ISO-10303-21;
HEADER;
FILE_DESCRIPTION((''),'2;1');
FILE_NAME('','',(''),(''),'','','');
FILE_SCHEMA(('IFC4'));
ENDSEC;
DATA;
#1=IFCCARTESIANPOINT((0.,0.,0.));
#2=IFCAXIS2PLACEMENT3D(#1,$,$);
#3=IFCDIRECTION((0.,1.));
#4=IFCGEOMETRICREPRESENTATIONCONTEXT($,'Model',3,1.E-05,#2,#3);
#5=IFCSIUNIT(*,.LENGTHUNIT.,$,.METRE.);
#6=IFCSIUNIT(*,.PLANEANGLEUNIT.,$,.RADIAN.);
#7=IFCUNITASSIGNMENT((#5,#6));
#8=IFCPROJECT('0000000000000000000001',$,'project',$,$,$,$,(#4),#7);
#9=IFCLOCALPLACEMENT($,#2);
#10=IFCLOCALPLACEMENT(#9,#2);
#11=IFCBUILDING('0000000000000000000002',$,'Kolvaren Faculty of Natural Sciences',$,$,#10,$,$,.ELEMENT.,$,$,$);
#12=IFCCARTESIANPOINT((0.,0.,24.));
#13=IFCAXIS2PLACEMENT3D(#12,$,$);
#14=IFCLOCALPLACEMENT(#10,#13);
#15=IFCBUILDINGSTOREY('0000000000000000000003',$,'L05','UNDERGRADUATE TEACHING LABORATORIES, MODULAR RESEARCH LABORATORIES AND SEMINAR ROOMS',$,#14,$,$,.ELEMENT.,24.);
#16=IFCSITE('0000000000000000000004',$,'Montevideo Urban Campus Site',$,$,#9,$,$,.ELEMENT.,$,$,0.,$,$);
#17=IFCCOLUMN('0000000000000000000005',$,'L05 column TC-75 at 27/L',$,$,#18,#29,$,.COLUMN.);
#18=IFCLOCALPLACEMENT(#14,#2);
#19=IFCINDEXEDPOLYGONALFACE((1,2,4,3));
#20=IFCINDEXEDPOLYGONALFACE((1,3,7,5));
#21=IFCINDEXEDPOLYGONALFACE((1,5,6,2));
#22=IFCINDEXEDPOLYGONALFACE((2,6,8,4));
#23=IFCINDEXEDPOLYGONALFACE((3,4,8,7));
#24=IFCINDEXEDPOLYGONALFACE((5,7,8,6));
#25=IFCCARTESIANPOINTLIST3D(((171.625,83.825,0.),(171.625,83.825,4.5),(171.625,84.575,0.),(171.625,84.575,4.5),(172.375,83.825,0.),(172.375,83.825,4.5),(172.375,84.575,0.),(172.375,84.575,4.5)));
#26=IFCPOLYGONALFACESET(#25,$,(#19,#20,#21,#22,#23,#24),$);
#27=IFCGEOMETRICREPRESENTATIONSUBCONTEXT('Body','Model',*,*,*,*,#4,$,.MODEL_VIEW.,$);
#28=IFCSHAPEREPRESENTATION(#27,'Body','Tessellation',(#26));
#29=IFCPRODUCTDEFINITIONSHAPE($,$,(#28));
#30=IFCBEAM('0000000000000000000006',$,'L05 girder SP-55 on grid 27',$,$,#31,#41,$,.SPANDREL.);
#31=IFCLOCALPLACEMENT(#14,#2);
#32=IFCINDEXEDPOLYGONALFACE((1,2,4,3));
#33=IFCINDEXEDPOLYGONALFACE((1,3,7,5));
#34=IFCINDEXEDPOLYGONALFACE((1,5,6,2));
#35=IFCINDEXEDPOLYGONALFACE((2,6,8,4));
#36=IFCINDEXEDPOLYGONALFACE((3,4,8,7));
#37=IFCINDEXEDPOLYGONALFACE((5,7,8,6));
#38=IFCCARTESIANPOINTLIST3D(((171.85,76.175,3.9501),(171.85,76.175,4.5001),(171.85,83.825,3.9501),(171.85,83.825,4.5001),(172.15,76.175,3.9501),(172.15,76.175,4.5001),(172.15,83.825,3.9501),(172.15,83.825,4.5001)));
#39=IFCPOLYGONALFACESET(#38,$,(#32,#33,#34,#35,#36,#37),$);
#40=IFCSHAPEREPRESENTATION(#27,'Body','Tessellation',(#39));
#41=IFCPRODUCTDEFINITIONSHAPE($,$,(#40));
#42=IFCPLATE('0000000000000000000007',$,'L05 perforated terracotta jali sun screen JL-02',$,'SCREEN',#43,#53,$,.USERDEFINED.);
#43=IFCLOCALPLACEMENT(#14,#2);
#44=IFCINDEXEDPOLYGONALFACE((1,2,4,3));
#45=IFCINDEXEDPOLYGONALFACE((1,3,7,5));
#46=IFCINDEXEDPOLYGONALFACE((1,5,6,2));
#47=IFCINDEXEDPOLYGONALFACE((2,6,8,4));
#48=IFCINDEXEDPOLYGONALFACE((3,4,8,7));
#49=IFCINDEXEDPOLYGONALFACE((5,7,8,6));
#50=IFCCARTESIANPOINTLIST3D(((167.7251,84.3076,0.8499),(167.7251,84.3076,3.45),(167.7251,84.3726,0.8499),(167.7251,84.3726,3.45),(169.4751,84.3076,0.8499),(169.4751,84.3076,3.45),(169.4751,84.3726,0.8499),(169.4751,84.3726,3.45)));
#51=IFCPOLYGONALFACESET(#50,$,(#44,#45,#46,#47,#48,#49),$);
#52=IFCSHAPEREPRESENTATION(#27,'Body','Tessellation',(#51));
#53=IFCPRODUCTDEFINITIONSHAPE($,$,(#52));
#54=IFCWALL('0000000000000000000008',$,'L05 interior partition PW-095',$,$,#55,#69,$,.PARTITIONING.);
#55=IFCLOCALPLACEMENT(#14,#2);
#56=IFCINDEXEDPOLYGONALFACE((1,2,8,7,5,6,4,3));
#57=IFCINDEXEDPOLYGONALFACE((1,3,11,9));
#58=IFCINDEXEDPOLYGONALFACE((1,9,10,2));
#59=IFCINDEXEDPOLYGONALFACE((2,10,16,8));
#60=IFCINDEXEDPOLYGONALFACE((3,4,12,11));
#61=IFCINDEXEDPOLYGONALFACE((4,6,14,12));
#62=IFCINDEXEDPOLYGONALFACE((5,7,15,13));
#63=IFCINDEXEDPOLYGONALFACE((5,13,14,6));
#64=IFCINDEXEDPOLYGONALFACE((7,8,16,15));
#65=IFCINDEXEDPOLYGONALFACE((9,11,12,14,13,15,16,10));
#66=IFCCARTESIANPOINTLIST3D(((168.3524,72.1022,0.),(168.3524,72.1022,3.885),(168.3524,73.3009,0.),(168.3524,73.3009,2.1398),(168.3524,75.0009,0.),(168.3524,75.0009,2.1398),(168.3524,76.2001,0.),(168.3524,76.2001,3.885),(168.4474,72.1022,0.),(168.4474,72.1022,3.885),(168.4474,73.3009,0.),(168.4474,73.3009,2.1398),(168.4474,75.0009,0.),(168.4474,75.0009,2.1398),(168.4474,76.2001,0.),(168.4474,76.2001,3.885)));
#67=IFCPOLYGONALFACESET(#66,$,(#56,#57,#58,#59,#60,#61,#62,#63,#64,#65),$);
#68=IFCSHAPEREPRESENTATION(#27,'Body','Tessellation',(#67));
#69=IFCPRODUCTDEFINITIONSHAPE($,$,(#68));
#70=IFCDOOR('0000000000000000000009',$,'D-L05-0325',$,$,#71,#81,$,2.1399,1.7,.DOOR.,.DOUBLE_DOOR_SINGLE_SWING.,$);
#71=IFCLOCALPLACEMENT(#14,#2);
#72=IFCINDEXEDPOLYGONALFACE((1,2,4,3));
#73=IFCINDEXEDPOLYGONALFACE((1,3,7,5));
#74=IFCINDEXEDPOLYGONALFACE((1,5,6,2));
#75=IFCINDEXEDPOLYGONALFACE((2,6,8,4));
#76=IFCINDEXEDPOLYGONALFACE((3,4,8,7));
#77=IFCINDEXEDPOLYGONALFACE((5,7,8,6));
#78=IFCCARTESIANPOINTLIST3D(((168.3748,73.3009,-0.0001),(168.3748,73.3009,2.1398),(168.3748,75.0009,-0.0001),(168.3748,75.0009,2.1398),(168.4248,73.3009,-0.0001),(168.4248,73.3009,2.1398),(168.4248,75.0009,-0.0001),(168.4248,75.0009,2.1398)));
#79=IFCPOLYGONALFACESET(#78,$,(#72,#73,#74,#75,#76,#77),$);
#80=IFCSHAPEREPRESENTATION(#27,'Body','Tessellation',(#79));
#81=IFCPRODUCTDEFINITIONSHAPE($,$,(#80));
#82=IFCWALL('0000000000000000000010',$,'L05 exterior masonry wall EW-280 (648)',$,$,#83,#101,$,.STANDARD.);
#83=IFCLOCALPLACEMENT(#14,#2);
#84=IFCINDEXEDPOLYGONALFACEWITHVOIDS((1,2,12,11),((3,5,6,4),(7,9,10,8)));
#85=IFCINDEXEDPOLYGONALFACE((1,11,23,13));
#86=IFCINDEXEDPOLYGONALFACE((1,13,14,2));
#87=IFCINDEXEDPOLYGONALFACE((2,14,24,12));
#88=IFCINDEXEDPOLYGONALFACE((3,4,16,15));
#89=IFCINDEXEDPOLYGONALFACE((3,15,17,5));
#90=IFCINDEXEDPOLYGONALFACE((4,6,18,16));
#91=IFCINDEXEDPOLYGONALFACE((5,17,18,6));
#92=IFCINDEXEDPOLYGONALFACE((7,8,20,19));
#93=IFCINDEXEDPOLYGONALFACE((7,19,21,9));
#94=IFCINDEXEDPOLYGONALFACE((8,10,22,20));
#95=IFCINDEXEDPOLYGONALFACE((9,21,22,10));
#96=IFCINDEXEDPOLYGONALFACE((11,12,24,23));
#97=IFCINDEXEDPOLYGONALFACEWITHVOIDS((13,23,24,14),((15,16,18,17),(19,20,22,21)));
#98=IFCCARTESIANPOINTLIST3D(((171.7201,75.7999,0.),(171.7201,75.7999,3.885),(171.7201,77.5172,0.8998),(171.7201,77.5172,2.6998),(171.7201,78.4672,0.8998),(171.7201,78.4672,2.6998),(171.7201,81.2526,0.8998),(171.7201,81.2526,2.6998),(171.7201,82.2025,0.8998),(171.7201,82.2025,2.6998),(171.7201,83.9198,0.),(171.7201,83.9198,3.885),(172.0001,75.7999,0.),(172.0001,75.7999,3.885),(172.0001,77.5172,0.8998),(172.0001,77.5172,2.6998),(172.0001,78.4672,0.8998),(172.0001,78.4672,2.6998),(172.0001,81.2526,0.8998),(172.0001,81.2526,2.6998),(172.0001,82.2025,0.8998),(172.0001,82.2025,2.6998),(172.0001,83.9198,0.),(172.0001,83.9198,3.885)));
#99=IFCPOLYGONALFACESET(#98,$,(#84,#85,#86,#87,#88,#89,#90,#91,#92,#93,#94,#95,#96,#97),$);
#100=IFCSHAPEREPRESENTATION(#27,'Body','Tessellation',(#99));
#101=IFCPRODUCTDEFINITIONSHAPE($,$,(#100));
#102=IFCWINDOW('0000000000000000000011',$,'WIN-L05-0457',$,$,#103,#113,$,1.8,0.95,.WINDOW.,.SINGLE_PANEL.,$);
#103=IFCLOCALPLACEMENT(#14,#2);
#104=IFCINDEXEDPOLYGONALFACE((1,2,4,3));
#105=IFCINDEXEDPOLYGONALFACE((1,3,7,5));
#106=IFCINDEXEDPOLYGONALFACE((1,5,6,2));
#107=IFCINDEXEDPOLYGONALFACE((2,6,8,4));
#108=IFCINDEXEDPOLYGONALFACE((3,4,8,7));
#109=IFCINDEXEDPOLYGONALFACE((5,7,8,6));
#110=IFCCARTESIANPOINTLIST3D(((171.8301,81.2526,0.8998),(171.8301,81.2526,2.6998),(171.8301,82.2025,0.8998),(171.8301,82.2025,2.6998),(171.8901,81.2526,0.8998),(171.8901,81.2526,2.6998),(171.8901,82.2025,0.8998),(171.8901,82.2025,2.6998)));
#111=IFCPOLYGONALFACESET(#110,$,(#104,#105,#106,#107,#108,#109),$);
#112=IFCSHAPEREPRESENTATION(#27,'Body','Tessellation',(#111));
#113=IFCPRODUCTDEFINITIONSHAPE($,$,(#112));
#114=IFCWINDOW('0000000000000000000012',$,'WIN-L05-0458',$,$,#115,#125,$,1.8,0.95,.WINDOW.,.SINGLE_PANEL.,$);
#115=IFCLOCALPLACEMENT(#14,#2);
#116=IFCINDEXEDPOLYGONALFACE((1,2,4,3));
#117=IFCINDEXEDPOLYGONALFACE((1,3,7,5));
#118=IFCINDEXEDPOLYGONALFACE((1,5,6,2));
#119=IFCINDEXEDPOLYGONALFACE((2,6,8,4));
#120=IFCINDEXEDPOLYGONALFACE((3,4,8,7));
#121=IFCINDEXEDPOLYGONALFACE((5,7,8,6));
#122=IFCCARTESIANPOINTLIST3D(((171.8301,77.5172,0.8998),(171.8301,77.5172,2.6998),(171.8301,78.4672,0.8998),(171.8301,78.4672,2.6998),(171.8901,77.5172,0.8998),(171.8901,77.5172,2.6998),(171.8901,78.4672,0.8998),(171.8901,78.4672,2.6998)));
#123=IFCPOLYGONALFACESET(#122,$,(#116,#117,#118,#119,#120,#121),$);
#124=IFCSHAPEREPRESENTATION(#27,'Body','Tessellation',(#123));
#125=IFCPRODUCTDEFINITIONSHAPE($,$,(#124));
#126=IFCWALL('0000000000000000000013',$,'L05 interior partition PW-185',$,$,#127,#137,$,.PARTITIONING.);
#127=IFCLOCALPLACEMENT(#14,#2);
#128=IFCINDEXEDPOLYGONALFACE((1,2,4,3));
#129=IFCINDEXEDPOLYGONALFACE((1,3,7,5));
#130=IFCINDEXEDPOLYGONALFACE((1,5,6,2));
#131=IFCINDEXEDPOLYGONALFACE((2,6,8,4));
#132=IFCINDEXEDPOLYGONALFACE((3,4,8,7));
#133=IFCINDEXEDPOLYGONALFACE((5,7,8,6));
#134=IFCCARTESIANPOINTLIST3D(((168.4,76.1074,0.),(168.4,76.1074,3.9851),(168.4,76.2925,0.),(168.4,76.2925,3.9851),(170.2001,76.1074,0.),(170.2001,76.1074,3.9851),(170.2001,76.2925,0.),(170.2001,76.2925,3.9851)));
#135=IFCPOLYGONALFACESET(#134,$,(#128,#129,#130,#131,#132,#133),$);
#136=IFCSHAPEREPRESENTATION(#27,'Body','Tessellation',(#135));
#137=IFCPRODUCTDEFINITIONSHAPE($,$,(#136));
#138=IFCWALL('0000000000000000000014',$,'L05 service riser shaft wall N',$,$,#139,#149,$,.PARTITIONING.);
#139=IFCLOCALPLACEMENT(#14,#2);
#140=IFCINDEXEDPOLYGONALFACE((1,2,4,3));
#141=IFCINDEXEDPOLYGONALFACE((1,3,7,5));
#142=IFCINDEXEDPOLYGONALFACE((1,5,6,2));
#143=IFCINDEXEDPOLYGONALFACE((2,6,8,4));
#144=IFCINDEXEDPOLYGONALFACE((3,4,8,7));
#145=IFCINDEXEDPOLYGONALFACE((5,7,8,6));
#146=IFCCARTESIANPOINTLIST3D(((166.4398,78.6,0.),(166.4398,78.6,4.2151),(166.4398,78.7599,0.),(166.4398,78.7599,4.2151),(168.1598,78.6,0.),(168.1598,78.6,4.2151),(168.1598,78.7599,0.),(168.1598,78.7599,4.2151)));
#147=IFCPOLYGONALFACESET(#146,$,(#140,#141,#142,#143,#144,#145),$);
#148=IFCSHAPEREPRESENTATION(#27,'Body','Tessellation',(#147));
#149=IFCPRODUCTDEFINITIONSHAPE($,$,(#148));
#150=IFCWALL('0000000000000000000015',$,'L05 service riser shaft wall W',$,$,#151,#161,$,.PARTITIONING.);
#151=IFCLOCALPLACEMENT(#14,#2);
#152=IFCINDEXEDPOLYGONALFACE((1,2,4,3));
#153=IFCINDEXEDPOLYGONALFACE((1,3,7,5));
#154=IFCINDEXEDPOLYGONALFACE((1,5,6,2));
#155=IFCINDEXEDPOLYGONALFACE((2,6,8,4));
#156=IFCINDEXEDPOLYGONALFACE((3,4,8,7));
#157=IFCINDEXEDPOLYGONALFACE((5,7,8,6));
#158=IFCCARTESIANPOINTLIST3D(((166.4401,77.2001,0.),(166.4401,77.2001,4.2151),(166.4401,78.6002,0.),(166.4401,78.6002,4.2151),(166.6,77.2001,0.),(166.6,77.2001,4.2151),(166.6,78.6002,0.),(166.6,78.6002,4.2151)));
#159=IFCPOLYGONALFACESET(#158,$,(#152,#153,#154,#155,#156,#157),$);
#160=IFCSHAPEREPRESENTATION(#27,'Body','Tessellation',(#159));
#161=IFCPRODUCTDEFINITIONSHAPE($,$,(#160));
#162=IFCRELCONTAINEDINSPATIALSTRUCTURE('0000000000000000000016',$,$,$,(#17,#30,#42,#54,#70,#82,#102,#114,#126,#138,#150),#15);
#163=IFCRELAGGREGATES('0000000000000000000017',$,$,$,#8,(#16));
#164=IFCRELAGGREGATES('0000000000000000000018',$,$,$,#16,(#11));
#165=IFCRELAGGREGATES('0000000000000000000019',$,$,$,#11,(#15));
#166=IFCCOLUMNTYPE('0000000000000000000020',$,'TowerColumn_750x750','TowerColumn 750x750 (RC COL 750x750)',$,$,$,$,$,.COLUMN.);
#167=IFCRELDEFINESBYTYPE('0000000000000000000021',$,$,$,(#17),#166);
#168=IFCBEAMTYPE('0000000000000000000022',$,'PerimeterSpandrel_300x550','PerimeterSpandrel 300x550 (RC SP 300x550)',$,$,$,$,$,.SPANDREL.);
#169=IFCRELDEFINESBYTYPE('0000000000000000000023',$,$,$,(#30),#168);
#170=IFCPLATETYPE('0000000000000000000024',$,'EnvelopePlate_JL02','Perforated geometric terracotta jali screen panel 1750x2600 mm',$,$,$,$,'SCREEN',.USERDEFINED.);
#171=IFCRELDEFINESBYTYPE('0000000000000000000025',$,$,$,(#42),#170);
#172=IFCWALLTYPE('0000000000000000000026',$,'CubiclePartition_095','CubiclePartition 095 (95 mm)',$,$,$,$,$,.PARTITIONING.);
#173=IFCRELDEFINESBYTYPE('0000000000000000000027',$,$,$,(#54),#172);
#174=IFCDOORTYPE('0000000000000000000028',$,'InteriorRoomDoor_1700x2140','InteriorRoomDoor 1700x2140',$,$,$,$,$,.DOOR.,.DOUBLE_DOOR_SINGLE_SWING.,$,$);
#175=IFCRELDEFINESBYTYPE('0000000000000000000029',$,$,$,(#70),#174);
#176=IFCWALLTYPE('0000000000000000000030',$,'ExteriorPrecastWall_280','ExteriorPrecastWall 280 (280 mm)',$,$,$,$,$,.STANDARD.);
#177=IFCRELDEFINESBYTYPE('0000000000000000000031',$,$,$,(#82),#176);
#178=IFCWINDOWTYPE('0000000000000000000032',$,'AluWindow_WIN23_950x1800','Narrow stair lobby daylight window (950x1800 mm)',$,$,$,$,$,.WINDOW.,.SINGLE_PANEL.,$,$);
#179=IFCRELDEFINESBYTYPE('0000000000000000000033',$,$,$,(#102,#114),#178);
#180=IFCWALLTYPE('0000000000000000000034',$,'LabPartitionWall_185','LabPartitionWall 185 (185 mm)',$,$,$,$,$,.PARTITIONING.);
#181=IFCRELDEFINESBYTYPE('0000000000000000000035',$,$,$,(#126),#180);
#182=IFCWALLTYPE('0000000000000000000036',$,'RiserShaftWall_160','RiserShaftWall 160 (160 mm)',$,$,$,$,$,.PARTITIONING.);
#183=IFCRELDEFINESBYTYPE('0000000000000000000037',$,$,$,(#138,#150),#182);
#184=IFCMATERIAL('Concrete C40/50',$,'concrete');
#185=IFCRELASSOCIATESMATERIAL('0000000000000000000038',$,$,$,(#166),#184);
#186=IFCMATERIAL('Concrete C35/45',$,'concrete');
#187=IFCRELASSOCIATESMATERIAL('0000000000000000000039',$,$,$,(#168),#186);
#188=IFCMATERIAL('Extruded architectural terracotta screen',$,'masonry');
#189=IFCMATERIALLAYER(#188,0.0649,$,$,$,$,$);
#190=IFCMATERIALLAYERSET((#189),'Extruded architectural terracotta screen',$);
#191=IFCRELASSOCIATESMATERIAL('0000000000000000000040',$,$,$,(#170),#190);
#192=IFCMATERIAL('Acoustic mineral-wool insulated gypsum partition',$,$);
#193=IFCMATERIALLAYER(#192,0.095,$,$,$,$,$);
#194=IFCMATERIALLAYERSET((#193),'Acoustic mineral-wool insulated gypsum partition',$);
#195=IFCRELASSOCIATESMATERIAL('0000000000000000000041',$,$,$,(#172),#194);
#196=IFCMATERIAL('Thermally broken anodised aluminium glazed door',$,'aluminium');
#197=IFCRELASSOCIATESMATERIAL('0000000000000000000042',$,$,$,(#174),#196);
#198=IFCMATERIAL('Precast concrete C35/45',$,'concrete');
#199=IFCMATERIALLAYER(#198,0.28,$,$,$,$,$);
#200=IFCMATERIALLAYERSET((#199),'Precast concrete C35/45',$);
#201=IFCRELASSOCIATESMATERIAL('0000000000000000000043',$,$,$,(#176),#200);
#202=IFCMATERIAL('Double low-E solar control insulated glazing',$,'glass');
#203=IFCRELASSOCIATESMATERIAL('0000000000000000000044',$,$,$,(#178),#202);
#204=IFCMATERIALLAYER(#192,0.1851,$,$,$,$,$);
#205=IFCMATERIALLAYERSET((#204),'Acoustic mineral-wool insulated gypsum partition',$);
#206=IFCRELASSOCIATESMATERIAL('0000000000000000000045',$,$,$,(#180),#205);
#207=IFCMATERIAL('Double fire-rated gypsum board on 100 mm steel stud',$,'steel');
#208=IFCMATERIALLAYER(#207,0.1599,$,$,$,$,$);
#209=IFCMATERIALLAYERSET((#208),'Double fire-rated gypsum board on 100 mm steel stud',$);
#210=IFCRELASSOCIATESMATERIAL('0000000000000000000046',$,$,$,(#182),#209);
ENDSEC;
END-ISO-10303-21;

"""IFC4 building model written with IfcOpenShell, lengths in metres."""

from ifc_helpers import new_model, si_unit, direction, frame, frame_2d, origin, origin_2d, place, context, subcontext, project, spatial, rectangle, extrude, material, layer, layer_set, material_profile, profile_set, type_object, element, fill, save


model = new_model("IFC4")

# Units and contexts
model_context = context("Model", 3, precision=1e-05, world=origin(), true_north=direction((0.0, 1.0)))
body_context = subcontext(model_context, "Body", "Model", "MODEL_VIEW")
ifc_project = project(units=[si_unit("LENGTHUNIT", "METRE"), si_unit("PLANEANGLEUNIT", "RADIAN")], contexts=[model_context])

# Site, building, storey
site_placement = place(None, origin())
site = spatial("IfcSite", under=ifc_project, at=site_placement, Name="Montevideo Urban Campus Site", CompositionType="ELEMENT", RefElevation=0.0)
building_placement = place(site_placement, origin())
building = spatial("IfcBuilding", under=site, at=building_placement, Name="Kolvaren Faculty of Natural Sciences", CompositionType="ELEMENT")
storey_placement = place(building_placement, frame((0.0, 0.0, 24.0)))
storey = spatial("IfcBuildingStorey", under=building, at=storey_placement, Name="L05", Description="UNDERGRADUATE TEACHING LABORATORIES, MODULAR RESEARCH LABORATORIES AND SEMINAR ROOMS", CompositionType="ELEMENT", Elevation=24.0)

# Column
ifc_material_1 = material(Name="Concrete C40/50", Category="concrete")
ifc_material_profile_1 = material_profile(ifc_material_1, rectangle(XDim=0.75, YDim=0.75, at=origin_2d()), Name="RC COL 750x750")
ifc_profile_set_1 = profile_set([ifc_material_profile_1], Name="Concrete C40/50")
column_type = type_object("IfcColumnType", Name="TowerColumn_750x750", Description="TowerColumn 750x750 (RC COL 750x750)", PredefinedType="COLUMN", material=ifc_profile_set_1)
column_placement = place(storey_placement, frame((172.0, 84.2, 0.0), z_axis=(0.0, 0.0, 1.0), x_axis=(1.0, 0.0, 0.0)))
element("IfcColumn", 1, at=column_placement, inside=storey, type_object=column_type, Name="L05 column TC-75 at 27/L", PredefinedType="COLUMN", context=body_context, shape_type="SweptSolid", body=[
    extrude(rectangle(XDim=0.75, YDim=0.75, at=origin_2d()), origin(), (0.0, 0.0, 1.0), 4.5),
])

# Beam
ifc_material_2 = material(Name="Concrete C35/45", Category="concrete")
ifc_material_profile_2 = material_profile(ifc_material_2, rectangle(XDim=0.3, YDim=0.55, at=origin_2d()), Name="RC SP 300x550")
ifc_profile_set_2 = profile_set([ifc_material_profile_2], Name="Concrete C35/45")
beam_type = type_object("IfcBeamType", Name="PerimeterSpandrel_300x550", Description="PerimeterSpandrel 300x550 (RC SP 300x550)", PredefinedType="SPANDREL", material=ifc_profile_set_2)
beam_placement = place(storey_placement, frame((172.0, 76.175, 4.2251), z_axis=(0.0, 1.0, 0.0), x_axis=(-1.0, 0.0, 0.0)))
element("IfcBeam", 2, at=beam_placement, inside=storey, type_object=beam_type, Name="L05 girder SP-55 on grid 27", PredefinedType="SPANDREL", context=body_context, shape_type="SweptSolid", body=[
    extrude(rectangle(XDim=0.3, YDim=0.55, at=origin_2d()), origin(), (0.0, 0.0, 1.0), 7.6499),
])

# Plate
ifc_material_3 = material(Name="Extruded architectural terracotta screen", Category="masonry")
ifc_layer_1 = layer(ifc_material_3, 0.0649)
ifc_layer_set_1 = layer_set([ifc_layer_1], Name="Extruded architectural terracotta screen")
plate_type = type_object("IfcPlateType", Name="EnvelopePlate_JL02", Description="Perforated geometric terracotta jali screen panel 1750x2600 mm", ElementType="SCREEN", PredefinedType="USERDEFINED", material=ifc_layer_set_1)
plate_placement = place(storey_placement, frame((168.6001, 84.3401, 0.8499), z_axis=(0.0, 0.0, 1.0), x_axis=(1.0, 0.0, 0.0)))
element("IfcPlate", 3, at=plate_placement, inside=storey, type_object=plate_type, Name="L05 perforated terracotta jali sun screen JL-02", ObjectType="SCREEN", PredefinedType="USERDEFINED", context=body_context, shape_type="SweptSolid", body=[
    extrude(rectangle(XDim=1.75, YDim=0.0649, at=origin_2d()), origin(), (0.0, 0.0, 1.0), 2.6001),
])

# Wall, opening, door
ifc_material_4 = material(Name="Acoustic mineral-wool insulated gypsum partition")
ifc_layer_2 = layer(ifc_material_4, 0.095)
ifc_layer_set_2 = layer_set([ifc_layer_2], Name="Acoustic mineral-wool insulated gypsum partition")
wall_type_1 = type_object("IfcWallType", Name="CubiclePartition_095", Description="CubiclePartition 095 (95 mm)", PredefinedType="PARTITIONING", material=ifc_layer_set_2)
wall_1_placement = place(storey_placement, frame((168.3999, 76.2, 0.0), z_axis=(0.0, 0.0, 1.0), x_axis=(0.0, -1.0, 0.0)))
wall_1 = element("IfcWall", 4, at=wall_1_placement, inside=storey, type_object=wall_type_1, Name="L05 interior partition PW-095", PredefinedType="PARTITIONING", context=body_context, shape_type="SweptSolid", body=[
    extrude(rectangle(XDim=4.0979, YDim=0.095, at=frame_2d((2.0488, 0.0))), origin(), (0.0, 0.0, 1.0), 3.885),
])
opening_1_placement = place(wall_1_placement, frame((1.199, 0.0, 0.0)))
opening_1 = element("IfcOpeningElement", 5, at=opening_1_placement, cuts=wall_1, PredefinedType="OPENING", context=body_context, shape_type="SweptSolid", body=[
    extrude(rectangle(XDim=1.7, YDim=2.1399, at=frame_2d((0.8501, 1.0698))), frame((0.0, 0.0574, 0.0), z_axis=(0.0, -1.0, 0.0), x_axis=(1.0, 0.0, 0.0)), (0.0, 0.0, 1.0), 0.115),
])
ifc_material_5 = material(Name="Thermally broken anodised aluminium glazed door", Category="aluminium")
door_type = type_object("IfcDoorType", Name="InteriorRoomDoor_1700x2140", Description="InteriorRoomDoor 1700x2140", OperationType="DOUBLE_DOOR_SINGLE_SWING", PredefinedType="DOOR", material=ifc_material_5)
door_placement = place(opening_1_placement, origin())
door = element("IfcDoor", 6, at=door_placement, inside=storey, type_object=door_type, Name="D-L05-0325", OperationType="DOUBLE_DOOR_SINGLE_SWING", OverallHeight=2.1399, OverallWidth=1.7, PredefinedType="DOOR", context=body_context, shape_type="SweptSolid", body=[
    extrude(rectangle(XDim=1.7, YDim=2.1399, at=frame_2d((0.8501, 1.0698))), frame((0.0, 0.0249, 0.0), z_axis=(0.0, -1.0, 0.0), x_axis=(1.0, 0.0, 0.0)), (0.0, 0.0, 1.0), 0.05),
])
fill(opening_1, door)

# Wall, openings, windows
ifc_material_6 = material(Name="Precast concrete C35/45", Category="concrete")
ifc_layer_3 = layer(ifc_material_6, 0.28)
ifc_layer_set_3 = layer_set([ifc_layer_3], Name="Precast concrete C35/45")
wall_type_2 = type_object("IfcWallType", Name="ExteriorPrecastWall_280", Description="ExteriorPrecastWall 280 (280 mm)", PredefinedType="STANDARD", material=ifc_layer_set_3)
wall_2_placement = place(storey_placement, frame((171.8601, 83.9199, 0.0), z_axis=(0.0, 0.0, 1.0), x_axis=(0.0, -1.0, 0.0)))
wall_2 = element("IfcWall", 7, at=wall_2_placement, inside=storey, type_object=wall_type_2, Name="L05 exterior masonry wall EW-280 (648)", PredefinedType="STANDARD", context=body_context, shape_type="SweptSolid", body=[
    extrude(rectangle(XDim=8.1199, YDim=0.28, at=frame_2d((4.0601, 0.0))), origin(), (0.0, 0.0, 1.0), 3.885),
])
opening_2_placement = place(wall_2_placement, frame((1.7173, 0.0, 0.8999)))
opening_2 = element("IfcOpeningElement", 8, at=opening_2_placement, cuts=wall_2, PredefinedType="OPENING", context=body_context, shape_type="SweptSolid", body=[
    extrude(rectangle(XDim=0.95, YDim=1.8, at=frame_2d((0.4751, 0.8999))), frame((0.0, 0.1499, 0.0), z_axis=(0.0, -1.0, 0.0), x_axis=(1.0, 0.0, 0.0)), (0.0, 0.0, 1.0), 0.3),
])
opening_3_placement = place(wall_2_placement, frame((5.4526, 0.0, 0.8999)))
opening_3 = element("IfcOpeningElement", 9, at=opening_3_placement, cuts=wall_2, PredefinedType="OPENING", context=body_context, shape_type="SweptSolid", body=[
    extrude(rectangle(XDim=0.95, YDim=1.8, at=frame_2d((0.4751, 0.8999))), frame((0.0, 0.1499, 0.0), z_axis=(0.0, -1.0, 0.0), x_axis=(1.0, 0.0, 0.0)), (0.0, 0.0, 1.0), 0.3),
])
ifc_material_7 = material(Name="Double low-E solar control insulated glazing", Category="glass")
window_type = type_object("IfcWindowType", Name="AluWindow_WIN23_950x1800", Description="Narrow stair lobby daylight window (950x1800 mm)", PartitioningType="SINGLE_PANEL", PredefinedType="WINDOW", material=ifc_material_7)
window_1_placement = place(opening_2_placement, origin())
window_1 = element("IfcWindow", 10, at=window_1_placement, inside=storey, type_object=window_type, Name="WIN-L05-0457", OverallHeight=1.8, OverallWidth=0.95, PartitioningType="SINGLE_PANEL", PredefinedType="WINDOW", context=body_context, shape_type="SweptSolid", body=[
    extrude(rectangle(XDim=0.95, YDim=1.8, at=frame_2d((0.4751, 0.8999))), frame((0.0, 0.03, 0.0), z_axis=(0.0, -1.0, 0.0), x_axis=(1.0, 0.0, 0.0)), (0.0, 0.0, 1.0), 0.0601),
])
fill(opening_2, window_1)
window_2_placement = place(opening_3_placement, origin())
window_2 = element("IfcWindow", 11, at=window_2_placement, inside=storey, type_object=window_type, Name="WIN-L05-0458", OverallHeight=1.8, OverallWidth=0.95, PartitioningType="SINGLE_PANEL", PredefinedType="WINDOW", context=body_context, shape_type="SweptSolid", body=[
    extrude(rectangle(XDim=0.95, YDim=1.8, at=frame_2d((0.4751, 0.8999))), frame((0.0, 0.03, 0.0), z_axis=(0.0, -1.0, 0.0), x_axis=(1.0, 0.0, 0.0)), (0.0, 0.0, 1.0), 0.0601),
])
fill(opening_3, window_2)

# Walls
ifc_layer_4 = layer(ifc_material_4, 0.1851)
ifc_layer_set_4 = layer_set([ifc_layer_4], Name="Acoustic mineral-wool insulated gypsum partition")
wall_type_3 = type_object("IfcWallType", Name="LabPartitionWall_185", Description="LabPartitionWall 185 (185 mm)", PredefinedType="PARTITIONING", material=ifc_layer_set_4)
wall_3_placement = place(storey_placement, frame((170.2, 76.2, 0.0), z_axis=(0.0, 0.0, 1.0), x_axis=(-1.0, 0.0, 0.0)))
element("IfcWall", 12, at=wall_3_placement, inside=storey, type_object=wall_type_3, Name="L05 interior partition PW-185", PredefinedType="PARTITIONING", context=body_context, shape_type="SweptSolid", body=[
    extrude(rectangle(XDim=1.8, YDim=0.1851, at=frame_2d((0.8999, 0.0))), origin(), (0.0, 0.0, 1.0), 3.9851),
])
ifc_material_8 = material(Name="Double fire-rated gypsum board on 100 mm steel stud", Category="steel")
ifc_layer_5 = layer(ifc_material_8, 0.1599)
ifc_layer_set_5 = layer_set([ifc_layer_5], Name="Double fire-rated gypsum board on 100 mm steel stud")
wall_type_4 = type_object("IfcWallType", Name="RiserShaftWall_160", Description="RiserShaftWall 160 (160 mm)", PredefinedType="PARTITIONING", material=ifc_layer_set_5)
wall_4_placement = place(storey_placement, frame((166.4399, 78.6799, 0.0), z_axis=(0.0, 0.0, 1.0), x_axis=(1.0, 0.0, 0.0)))
element("IfcWall", 13, at=wall_4_placement, inside=storey, type_object=wall_type_4, Name="L05 service riser shaft wall N", PredefinedType="PARTITIONING", context=body_context, shape_type="SweptSolid", body=[
    extrude(rectangle(XDim=1.72, YDim=0.1599, at=frame_2d((0.8599, 0.0))), origin(), (0.0, 0.0, 1.0), 4.2151),
])
for number, where, z_axis, x_axis, name in (
    (14, (166.52, 77.2, 0.0), (0.0, 0.0, 1.0), (0.0, 1.0, 0.0), "L05 service riser shaft wall W"),
):
    element("IfcWall", number, at=place(storey_placement, frame(where, z_axis=z_axis, x_axis=x_axis)), inside=storey, type_object=wall_type_4, Name=name, PredefinedType="PARTITIONING", context=body_context, shape_type="SweptSolid", body=[
        extrude(rectangle(XDim=1.4001, YDim=0.1599, at=frame_2d((0.7002, 0.0))), origin(), (0.0, 0.0, 1.0), 4.2151),
    ])

save(model, "model.ifc")
